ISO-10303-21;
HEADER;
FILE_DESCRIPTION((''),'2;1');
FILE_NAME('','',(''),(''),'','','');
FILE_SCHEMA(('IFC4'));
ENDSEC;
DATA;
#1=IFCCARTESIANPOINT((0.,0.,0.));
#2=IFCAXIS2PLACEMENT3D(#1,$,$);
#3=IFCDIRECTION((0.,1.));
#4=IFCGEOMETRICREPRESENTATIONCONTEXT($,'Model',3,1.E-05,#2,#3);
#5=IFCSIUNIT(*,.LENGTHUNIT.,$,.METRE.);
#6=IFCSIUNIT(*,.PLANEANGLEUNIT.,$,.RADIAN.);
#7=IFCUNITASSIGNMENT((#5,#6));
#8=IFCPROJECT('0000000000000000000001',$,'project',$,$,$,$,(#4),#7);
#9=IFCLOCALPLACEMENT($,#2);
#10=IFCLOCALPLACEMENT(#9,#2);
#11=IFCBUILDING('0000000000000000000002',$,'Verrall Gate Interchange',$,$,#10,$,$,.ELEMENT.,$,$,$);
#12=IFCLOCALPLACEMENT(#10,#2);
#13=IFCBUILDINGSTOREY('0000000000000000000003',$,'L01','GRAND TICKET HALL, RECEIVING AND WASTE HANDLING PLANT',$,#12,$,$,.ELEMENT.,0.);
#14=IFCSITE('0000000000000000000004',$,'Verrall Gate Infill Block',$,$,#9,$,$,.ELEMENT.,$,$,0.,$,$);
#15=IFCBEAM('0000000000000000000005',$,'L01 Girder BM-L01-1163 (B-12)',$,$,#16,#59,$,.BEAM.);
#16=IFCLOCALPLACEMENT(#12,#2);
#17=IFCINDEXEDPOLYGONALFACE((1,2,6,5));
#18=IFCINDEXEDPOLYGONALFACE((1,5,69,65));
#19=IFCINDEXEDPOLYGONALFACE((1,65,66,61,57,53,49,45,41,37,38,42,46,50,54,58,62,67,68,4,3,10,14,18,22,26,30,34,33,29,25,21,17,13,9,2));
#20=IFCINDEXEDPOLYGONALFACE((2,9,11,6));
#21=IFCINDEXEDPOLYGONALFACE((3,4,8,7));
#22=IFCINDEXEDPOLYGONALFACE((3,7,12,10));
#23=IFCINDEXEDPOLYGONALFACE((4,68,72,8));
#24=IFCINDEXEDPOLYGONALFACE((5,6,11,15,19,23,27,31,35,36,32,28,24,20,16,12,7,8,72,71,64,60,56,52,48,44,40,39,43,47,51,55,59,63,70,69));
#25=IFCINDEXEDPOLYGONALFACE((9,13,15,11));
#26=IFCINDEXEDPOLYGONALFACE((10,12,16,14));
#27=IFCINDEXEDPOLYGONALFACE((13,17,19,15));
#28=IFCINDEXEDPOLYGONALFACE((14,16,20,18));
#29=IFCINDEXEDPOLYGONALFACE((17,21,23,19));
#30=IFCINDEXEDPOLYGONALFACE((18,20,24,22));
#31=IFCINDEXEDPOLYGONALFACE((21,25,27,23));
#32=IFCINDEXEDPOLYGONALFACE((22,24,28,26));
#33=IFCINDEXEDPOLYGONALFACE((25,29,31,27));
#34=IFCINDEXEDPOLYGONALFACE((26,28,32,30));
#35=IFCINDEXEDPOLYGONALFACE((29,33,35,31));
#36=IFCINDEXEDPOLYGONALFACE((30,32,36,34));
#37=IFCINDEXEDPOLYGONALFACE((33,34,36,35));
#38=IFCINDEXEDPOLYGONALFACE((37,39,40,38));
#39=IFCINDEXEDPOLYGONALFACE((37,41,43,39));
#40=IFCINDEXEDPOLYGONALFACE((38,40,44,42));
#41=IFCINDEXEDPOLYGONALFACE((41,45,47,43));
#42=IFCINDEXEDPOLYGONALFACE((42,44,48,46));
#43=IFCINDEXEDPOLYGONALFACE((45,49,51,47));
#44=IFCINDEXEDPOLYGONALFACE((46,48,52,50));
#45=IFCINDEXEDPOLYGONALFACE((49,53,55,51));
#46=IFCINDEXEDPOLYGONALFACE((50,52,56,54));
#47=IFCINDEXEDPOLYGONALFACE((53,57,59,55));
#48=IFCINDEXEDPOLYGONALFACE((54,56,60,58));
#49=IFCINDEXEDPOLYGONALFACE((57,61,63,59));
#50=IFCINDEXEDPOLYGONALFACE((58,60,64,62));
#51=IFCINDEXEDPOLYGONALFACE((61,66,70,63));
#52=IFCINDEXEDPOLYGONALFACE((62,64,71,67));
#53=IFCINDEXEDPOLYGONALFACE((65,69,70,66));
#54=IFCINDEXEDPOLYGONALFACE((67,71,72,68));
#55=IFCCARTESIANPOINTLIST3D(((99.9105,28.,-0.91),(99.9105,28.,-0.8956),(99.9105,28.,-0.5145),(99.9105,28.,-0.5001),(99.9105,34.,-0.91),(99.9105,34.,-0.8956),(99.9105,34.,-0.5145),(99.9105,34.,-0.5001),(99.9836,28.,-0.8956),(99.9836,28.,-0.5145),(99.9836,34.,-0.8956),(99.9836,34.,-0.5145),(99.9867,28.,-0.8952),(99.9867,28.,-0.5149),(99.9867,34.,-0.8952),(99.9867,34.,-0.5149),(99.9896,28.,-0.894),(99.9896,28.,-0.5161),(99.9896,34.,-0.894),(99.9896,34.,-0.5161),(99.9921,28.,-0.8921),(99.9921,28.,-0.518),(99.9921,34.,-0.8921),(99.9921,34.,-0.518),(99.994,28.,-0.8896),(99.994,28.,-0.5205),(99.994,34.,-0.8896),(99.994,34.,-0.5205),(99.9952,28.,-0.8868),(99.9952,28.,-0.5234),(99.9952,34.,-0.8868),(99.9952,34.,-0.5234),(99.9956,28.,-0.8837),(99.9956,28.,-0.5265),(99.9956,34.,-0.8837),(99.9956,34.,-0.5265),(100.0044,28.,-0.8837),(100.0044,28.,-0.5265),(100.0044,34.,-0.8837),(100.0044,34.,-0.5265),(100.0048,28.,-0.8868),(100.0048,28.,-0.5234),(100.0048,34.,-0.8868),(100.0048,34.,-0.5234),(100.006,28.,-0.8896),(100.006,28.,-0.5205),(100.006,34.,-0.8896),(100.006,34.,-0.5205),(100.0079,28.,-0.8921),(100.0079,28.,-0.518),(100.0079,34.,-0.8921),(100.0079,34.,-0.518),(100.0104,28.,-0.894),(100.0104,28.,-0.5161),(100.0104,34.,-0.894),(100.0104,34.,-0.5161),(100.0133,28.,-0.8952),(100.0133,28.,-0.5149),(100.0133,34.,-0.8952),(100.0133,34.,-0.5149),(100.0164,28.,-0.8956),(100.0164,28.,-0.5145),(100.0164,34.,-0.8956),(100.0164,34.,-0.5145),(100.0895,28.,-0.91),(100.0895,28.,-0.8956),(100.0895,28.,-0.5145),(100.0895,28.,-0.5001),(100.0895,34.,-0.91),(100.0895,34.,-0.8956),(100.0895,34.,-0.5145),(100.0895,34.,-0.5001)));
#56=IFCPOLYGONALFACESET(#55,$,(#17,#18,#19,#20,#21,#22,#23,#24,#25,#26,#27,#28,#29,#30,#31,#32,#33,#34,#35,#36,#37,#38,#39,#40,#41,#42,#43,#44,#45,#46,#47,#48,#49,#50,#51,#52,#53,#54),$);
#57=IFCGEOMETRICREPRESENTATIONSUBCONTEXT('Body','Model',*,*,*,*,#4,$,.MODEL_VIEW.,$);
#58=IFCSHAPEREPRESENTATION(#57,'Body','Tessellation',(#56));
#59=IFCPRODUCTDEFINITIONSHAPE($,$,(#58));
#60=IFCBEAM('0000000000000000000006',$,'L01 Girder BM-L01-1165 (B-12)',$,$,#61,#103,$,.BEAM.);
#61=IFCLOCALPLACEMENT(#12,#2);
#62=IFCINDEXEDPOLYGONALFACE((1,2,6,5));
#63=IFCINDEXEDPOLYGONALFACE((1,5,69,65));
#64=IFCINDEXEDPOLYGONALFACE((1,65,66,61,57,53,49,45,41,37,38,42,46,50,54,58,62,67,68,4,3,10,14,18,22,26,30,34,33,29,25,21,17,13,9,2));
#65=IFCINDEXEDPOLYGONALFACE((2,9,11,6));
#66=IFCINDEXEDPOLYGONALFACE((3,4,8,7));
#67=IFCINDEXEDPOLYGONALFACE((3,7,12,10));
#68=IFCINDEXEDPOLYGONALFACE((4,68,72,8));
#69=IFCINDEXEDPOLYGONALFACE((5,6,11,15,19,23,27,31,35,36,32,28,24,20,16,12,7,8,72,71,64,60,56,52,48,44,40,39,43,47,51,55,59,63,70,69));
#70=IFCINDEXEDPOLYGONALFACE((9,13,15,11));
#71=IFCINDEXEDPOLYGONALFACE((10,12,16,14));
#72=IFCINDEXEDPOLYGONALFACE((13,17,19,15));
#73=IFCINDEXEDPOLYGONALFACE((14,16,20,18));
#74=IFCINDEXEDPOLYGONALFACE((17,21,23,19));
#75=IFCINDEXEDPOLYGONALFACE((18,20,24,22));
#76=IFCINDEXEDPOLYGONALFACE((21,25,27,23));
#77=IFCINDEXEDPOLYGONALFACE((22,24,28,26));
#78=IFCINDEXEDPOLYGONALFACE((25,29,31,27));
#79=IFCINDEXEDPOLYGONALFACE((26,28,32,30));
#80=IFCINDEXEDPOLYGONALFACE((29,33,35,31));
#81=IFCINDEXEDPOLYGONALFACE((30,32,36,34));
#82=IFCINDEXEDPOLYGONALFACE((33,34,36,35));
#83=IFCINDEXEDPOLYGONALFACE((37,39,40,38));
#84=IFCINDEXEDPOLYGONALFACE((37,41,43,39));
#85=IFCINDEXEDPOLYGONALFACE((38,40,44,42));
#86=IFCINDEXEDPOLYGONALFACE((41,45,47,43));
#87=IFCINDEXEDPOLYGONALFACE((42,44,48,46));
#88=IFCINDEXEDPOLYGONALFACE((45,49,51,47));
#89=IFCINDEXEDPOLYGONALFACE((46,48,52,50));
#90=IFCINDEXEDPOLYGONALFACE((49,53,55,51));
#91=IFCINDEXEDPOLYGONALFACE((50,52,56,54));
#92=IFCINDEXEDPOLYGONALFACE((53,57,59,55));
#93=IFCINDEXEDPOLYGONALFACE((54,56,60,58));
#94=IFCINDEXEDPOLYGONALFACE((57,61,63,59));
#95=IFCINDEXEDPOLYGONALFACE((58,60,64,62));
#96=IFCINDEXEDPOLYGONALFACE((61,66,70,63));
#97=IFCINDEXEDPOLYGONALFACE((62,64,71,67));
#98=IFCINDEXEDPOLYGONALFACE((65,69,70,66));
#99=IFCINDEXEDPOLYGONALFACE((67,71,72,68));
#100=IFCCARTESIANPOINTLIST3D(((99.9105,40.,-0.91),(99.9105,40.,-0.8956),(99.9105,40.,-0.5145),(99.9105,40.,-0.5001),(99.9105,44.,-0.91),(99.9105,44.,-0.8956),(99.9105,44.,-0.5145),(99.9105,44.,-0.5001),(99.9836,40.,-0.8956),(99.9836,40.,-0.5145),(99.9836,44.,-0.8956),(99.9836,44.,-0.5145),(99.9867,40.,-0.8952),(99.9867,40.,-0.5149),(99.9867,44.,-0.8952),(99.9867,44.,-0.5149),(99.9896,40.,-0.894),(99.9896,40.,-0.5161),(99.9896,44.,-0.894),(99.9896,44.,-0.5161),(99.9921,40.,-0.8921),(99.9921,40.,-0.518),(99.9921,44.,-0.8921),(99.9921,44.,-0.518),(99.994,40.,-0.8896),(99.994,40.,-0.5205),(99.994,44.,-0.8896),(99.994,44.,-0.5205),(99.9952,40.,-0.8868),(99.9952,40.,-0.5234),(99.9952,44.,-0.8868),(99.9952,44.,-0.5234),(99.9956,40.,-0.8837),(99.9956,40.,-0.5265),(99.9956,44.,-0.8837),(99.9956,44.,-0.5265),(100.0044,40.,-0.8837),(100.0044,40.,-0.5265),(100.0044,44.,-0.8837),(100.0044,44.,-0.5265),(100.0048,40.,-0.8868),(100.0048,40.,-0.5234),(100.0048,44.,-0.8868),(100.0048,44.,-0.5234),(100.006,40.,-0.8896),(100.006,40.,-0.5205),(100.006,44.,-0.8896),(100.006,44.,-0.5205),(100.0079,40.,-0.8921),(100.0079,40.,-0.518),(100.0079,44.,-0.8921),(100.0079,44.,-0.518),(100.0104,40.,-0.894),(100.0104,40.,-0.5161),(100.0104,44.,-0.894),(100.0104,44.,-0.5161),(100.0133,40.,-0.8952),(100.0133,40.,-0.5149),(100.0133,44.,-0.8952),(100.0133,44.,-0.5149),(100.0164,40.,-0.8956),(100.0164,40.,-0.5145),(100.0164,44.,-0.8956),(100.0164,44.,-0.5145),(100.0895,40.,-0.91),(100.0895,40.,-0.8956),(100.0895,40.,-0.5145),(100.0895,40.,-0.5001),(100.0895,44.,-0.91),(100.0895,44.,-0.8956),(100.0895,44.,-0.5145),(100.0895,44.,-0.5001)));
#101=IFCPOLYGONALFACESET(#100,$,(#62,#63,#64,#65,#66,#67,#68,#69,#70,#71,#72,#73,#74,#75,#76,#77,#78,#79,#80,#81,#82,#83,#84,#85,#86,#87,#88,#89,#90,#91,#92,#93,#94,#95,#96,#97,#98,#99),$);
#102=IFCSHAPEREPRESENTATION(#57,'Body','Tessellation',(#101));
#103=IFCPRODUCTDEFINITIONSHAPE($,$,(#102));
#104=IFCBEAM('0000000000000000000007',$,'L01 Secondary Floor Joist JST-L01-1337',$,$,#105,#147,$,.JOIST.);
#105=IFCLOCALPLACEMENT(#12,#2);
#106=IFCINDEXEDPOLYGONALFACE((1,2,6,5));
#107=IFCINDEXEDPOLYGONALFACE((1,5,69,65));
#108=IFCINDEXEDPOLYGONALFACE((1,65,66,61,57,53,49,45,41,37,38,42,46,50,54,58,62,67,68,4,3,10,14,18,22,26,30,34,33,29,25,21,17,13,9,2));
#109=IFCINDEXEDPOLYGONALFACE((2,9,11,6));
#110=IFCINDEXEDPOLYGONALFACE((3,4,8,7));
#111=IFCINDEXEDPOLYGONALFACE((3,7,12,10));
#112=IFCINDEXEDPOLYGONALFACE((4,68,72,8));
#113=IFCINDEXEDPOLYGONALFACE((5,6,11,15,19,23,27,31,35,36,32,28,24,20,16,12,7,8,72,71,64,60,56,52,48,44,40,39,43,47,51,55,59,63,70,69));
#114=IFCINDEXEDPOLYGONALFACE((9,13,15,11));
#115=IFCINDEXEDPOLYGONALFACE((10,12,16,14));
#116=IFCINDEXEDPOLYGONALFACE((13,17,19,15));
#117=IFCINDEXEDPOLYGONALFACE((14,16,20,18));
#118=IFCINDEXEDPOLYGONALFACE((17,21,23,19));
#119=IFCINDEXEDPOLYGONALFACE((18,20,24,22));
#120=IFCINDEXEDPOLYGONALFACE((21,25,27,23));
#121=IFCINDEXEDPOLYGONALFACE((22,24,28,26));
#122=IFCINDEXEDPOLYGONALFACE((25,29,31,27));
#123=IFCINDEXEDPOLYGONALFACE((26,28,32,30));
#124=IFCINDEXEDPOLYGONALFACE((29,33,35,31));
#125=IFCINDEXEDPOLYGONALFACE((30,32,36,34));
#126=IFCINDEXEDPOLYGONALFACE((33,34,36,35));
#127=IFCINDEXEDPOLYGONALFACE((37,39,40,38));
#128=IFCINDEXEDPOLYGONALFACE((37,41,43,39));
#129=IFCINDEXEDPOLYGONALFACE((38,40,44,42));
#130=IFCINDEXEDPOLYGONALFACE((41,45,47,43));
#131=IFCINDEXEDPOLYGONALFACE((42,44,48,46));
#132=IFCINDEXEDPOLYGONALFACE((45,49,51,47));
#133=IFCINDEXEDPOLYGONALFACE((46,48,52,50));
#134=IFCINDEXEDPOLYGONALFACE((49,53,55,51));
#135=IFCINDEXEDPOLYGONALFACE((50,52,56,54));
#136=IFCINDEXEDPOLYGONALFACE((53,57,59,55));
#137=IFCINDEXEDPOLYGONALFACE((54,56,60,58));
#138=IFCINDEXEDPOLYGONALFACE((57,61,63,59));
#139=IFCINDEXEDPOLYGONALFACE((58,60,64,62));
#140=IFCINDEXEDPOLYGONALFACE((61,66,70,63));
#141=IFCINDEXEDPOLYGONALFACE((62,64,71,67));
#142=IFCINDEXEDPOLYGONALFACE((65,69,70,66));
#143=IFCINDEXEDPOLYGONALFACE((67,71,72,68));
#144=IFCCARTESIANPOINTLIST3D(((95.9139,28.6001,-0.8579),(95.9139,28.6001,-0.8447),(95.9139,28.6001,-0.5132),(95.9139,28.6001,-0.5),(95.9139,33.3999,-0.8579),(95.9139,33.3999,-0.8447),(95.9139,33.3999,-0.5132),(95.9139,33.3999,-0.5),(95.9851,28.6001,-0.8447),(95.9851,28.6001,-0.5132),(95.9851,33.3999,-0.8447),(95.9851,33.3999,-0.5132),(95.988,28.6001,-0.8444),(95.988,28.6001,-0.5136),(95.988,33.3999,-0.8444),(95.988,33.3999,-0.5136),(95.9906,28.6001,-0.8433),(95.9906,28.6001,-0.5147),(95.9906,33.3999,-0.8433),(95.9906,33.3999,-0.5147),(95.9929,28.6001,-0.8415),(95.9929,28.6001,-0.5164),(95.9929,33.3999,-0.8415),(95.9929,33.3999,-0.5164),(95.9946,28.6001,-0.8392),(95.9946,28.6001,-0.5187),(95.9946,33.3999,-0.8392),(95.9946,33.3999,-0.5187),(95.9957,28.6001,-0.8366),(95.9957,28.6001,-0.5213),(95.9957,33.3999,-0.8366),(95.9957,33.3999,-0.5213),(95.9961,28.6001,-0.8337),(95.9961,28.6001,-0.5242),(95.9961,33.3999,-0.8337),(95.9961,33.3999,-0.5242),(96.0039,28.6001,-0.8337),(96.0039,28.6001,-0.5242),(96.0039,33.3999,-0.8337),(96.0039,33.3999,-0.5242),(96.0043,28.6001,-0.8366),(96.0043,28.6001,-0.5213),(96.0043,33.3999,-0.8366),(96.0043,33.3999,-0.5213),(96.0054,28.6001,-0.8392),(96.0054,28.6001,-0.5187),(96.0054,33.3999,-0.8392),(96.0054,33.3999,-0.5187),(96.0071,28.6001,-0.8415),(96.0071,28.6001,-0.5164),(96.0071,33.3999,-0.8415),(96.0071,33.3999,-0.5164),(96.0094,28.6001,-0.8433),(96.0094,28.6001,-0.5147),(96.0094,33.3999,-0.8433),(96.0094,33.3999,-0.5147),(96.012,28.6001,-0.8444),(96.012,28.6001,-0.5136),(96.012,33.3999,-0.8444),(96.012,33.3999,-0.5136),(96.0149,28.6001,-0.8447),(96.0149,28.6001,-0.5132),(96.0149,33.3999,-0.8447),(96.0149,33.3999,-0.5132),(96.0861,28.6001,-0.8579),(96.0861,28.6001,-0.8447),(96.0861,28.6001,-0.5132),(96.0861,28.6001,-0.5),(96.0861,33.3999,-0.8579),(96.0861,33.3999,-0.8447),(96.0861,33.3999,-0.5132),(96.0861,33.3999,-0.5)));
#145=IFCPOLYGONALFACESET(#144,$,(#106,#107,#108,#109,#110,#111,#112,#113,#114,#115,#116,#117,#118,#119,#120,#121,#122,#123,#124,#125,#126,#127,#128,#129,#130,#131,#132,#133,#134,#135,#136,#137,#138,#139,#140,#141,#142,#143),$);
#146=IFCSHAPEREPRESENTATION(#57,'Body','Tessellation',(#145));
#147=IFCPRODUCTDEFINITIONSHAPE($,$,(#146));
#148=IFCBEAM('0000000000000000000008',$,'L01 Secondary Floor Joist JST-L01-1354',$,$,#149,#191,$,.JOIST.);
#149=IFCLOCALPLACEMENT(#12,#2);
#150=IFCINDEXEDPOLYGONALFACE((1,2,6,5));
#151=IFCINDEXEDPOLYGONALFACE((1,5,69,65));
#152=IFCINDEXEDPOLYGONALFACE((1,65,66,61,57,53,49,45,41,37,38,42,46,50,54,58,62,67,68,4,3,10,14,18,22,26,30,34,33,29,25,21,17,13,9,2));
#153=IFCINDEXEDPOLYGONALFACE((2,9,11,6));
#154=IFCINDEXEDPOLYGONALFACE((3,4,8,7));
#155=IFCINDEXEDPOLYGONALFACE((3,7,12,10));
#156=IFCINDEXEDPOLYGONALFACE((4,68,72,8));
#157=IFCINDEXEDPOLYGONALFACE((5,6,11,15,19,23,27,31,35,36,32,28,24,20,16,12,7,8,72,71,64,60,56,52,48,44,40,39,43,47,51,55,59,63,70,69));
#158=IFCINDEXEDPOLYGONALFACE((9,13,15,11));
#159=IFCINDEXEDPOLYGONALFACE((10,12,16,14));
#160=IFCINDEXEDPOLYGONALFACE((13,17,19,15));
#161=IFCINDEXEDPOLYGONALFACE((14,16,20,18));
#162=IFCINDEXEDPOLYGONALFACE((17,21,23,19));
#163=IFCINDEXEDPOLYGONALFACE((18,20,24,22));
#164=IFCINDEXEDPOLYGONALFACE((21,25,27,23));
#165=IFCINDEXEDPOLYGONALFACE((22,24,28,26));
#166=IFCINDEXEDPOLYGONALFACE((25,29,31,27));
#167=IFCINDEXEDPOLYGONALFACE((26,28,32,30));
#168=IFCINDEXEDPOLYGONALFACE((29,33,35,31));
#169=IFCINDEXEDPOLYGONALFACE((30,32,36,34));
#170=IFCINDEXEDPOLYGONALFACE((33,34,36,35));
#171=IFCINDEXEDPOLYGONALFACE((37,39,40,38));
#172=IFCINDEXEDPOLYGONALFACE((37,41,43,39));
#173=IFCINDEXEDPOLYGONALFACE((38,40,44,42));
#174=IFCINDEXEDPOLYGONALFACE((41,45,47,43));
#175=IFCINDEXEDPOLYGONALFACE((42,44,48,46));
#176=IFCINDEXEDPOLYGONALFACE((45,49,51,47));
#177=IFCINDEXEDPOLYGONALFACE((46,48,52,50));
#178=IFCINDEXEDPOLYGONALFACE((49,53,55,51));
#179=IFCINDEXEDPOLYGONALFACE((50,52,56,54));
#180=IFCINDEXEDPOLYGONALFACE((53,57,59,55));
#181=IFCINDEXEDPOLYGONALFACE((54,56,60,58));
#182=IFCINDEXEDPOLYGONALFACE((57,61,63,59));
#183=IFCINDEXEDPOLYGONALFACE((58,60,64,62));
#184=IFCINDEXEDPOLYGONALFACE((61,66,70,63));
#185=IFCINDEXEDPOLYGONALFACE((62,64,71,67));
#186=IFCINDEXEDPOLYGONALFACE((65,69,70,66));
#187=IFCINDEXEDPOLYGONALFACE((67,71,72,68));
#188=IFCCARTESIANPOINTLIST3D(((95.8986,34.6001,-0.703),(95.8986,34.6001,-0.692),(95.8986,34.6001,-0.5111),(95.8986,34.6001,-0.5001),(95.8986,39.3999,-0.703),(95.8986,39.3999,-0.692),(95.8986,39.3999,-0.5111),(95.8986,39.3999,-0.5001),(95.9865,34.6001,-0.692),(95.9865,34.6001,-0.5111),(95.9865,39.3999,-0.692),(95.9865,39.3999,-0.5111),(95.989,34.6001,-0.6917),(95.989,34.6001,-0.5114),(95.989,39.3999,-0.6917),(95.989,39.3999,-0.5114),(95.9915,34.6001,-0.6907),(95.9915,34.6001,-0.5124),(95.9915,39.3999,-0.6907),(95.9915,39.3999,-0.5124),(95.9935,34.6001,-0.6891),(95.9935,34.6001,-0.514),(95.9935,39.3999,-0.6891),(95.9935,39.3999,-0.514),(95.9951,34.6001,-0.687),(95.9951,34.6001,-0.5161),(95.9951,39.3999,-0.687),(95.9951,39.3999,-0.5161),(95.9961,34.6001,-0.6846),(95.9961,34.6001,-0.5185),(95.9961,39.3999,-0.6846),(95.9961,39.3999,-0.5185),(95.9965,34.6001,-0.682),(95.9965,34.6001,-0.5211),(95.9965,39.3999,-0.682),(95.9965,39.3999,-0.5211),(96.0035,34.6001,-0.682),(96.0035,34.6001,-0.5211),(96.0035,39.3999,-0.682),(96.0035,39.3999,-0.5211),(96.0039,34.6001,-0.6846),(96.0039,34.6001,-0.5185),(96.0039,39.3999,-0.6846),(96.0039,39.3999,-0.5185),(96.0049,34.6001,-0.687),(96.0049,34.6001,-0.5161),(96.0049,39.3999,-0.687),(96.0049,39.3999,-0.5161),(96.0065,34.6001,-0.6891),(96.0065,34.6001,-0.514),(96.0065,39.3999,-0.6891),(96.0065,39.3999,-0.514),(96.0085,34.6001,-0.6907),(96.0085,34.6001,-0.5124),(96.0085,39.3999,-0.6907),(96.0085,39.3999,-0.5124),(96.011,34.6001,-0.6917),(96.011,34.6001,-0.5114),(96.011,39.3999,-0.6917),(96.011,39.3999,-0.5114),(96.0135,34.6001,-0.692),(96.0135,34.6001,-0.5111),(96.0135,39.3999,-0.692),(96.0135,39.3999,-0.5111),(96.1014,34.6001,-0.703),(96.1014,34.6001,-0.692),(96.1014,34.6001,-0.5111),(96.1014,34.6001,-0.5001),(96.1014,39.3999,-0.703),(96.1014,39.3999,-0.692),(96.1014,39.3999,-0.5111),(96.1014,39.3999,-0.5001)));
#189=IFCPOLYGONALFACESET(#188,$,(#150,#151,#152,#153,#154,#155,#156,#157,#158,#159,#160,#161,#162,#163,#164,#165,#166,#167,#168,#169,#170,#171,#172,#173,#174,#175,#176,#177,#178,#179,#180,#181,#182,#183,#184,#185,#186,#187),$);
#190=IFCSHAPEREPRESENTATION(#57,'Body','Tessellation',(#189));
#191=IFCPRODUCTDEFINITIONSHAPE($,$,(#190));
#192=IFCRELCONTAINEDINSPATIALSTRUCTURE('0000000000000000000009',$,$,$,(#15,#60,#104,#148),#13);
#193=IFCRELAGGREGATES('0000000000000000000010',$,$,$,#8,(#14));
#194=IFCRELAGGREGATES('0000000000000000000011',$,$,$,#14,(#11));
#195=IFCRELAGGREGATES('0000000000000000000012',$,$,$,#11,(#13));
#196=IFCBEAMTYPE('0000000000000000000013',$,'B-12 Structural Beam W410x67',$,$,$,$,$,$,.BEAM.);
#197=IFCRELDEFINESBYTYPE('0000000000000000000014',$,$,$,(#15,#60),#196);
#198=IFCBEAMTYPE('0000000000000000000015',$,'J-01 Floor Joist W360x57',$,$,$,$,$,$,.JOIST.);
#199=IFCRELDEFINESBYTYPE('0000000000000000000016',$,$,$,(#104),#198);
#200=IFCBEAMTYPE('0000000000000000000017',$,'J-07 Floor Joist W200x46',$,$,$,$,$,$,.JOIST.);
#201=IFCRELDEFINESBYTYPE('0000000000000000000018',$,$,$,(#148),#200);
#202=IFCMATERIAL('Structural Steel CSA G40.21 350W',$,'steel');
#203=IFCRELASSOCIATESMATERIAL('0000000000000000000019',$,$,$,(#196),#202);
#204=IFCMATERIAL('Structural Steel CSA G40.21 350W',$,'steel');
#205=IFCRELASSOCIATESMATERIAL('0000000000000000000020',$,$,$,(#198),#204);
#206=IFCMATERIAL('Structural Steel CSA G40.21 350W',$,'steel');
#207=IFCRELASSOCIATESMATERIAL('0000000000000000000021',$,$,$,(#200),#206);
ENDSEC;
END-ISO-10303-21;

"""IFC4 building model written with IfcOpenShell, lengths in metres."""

from ifc_helpers import new_model, si_unit, direction, frame, origin, origin_2d, place, context, subcontext, project, spatial, i_section, extrude, material, material_profile, profile_set, type_object, element, save


model = new_model("IFC4")

# Units and contexts
model_context = context("Model", 3, precision=1e-05, world=origin(), true_north=direction((0.0, 1.0)))
body_context = subcontext(model_context, "Body", "Model", "MODEL_VIEW")
ifc_project = project(units=[si_unit("LENGTHUNIT", "METRE"), si_unit("PLANEANGLEUNIT", "RADIAN")], contexts=[model_context])

# Site, building, storey
site_placement = place(None, origin())
site = spatial("IfcSite", under=ifc_project, at=site_placement, Name="Verrall Gate Infill Block", CompositionType="ELEMENT", RefElevation=0.0)
building_placement = place(site_placement, origin())
building = spatial("IfcBuilding", under=site, at=building_placement, Name="Verrall Gate Interchange", CompositionType="ELEMENT")
storey_placement = place(building_placement, origin())
storey = spatial("IfcBuildingStorey", under=building, at=storey_placement, Name="L01", Description="GRAND TICKET HALL, RECEIVING AND WASTE HANDLING PLANT", CompositionType="ELEMENT", Elevation=0.0)

# Beams
ifc_material_1 = material(Name="Structural Steel CSA G40.21 350W", Category="steel")
ifc_material_profile_1 = material_profile(ifc_material_1, i_section(OverallWidth=0.179, OverallDepth=0.4099, WebThickness=0.0088, FlangeThickness=0.0144, FilletRadius=0.012, at=origin_2d()), Name="W410x67")
ifc_profile_set_1 = profile_set([ifc_material_profile_1], Name="Structural Steel CSA G40.21 350W")
beam_type_1 = type_object("IfcBeamType", Name="B-12 Structural Beam W410x67", PredefinedType="BEAM", material=ifc_profile_set_1)
beam_1_placement = place(storey_placement, frame((100.0, 28.0, -0.7051), z_axis=(0.0, 1.0, 0.0), x_axis=(-1.0, 0.0, 0.0)))
element("IfcBeam", 1, at=beam_1_placement, inside=storey, type_object=beam_type_1, Name="L01 Girder BM-L01-1163 (B-12)", PredefinedType="BEAM", context=body_context, shape_type="SweptSolid", body=[
    extrude(i_section(OverallWidth=0.179, OverallDepth=0.4099, WebThickness=0.0088, FlangeThickness=0.0144, FilletRadius=0.012, at=origin_2d()), origin(), (0.0, 0.0, 1.0), 6.0),
])
beam_2_placement = place(storey_placement, frame((100.0, 40.0, -0.7051), z_axis=(0.0, 1.0, 0.0), x_axis=(-1.0, 0.0, 0.0)))
element("IfcBeam", 2, at=beam_2_placement, inside=storey, type_object=beam_type_1, Name="L01 Girder BM-L01-1165 (B-12)", PredefinedType="BEAM", context=body_context, shape_type="SweptSolid", body=[
    extrude(i_section(OverallWidth=0.179, OverallDepth=0.4099, WebThickness=0.0088, FlangeThickness=0.0144, FilletRadius=0.012, at=origin_2d()), origin(), (0.0, 0.0, 1.0), 4.0),
])
ifc_material_2 = material(Name="Structural Steel CSA G40.21 350W", Category="steel")
ifc_material_profile_2 = material_profile(ifc_material_2, i_section(OverallWidth=0.1721, OverallDepth=0.3579, WebThickness=0.0078, FlangeThickness=0.0132, FilletRadius=0.011, at=origin_2d()), Name="W360x57")
ifc_profile_set_2 = profile_set([ifc_material_profile_2], Name="Structural Steel CSA G40.21 350W")
beam_type_2 = type_object("IfcBeamType", Name="J-01 Floor Joist W360x57", PredefinedType="JOIST", material=ifc_profile_set_2)
beam_3_placement = place(storey_placement, frame((96.0, 28.6001, -0.679), z_axis=(0.0, 1.0, 0.0), x_axis=(-1.0, 0.0, 0.0)))
element("IfcBeam", 3, at=beam_3_placement, inside=storey, type_object=beam_type_2, Name="L01 Secondary Floor Joist JST-L01-1337", PredefinedType="JOIST", context=body_context, shape_type="SweptSolid", body=[
    extrude(i_section(OverallWidth=0.1721, OverallDepth=0.3579, WebThickness=0.0078, FlangeThickness=0.0132, FilletRadius=0.011, at=origin_2d()), origin(), (0.0, 0.0, 1.0), 4.7998),
])
ifc_material_3 = material(Name="Structural Steel CSA G40.21 350W", Category="steel")
ifc_material_profile_3 = material_profile(ifc_material_3, i_section(OverallWidth=0.2029, OverallDepth=0.2029, WebThickness=0.0071, FlangeThickness=0.011, FilletRadius=0.01, at=origin_2d()), Name="W200x46")
ifc_profile_set_3 = profile_set([ifc_material_profile_3], Name="Structural Steel CSA G40.21 350W")
beam_type_3 = type_object("IfcBeamType", Name="J-07 Floor Joist W200x46", PredefinedType="JOIST", material=ifc_profile_set_3)
beam_4_placement = place(storey_placement, frame((96.0, 34.6001, -0.6016), z_axis=(0.0, 1.0, 0.0), x_axis=(-1.0, 0.0, 0.0)))
element("IfcBeam", 4, at=beam_4_placement, inside=storey, type_object=beam_type_3, Name="L01 Secondary Floor Joist JST-L01-1354", PredefinedType="JOIST", context=body_context, shape_type="SweptSolid", body=[
    extrude(i_section(OverallWidth=0.2029, OverallDepth=0.2029, WebThickness=0.0071, FlangeThickness=0.011, FilletRadius=0.01, at=origin_2d()), origin(), (0.0, 0.0, 1.0), 4.7998),
])

save(model, "model.ifc")
